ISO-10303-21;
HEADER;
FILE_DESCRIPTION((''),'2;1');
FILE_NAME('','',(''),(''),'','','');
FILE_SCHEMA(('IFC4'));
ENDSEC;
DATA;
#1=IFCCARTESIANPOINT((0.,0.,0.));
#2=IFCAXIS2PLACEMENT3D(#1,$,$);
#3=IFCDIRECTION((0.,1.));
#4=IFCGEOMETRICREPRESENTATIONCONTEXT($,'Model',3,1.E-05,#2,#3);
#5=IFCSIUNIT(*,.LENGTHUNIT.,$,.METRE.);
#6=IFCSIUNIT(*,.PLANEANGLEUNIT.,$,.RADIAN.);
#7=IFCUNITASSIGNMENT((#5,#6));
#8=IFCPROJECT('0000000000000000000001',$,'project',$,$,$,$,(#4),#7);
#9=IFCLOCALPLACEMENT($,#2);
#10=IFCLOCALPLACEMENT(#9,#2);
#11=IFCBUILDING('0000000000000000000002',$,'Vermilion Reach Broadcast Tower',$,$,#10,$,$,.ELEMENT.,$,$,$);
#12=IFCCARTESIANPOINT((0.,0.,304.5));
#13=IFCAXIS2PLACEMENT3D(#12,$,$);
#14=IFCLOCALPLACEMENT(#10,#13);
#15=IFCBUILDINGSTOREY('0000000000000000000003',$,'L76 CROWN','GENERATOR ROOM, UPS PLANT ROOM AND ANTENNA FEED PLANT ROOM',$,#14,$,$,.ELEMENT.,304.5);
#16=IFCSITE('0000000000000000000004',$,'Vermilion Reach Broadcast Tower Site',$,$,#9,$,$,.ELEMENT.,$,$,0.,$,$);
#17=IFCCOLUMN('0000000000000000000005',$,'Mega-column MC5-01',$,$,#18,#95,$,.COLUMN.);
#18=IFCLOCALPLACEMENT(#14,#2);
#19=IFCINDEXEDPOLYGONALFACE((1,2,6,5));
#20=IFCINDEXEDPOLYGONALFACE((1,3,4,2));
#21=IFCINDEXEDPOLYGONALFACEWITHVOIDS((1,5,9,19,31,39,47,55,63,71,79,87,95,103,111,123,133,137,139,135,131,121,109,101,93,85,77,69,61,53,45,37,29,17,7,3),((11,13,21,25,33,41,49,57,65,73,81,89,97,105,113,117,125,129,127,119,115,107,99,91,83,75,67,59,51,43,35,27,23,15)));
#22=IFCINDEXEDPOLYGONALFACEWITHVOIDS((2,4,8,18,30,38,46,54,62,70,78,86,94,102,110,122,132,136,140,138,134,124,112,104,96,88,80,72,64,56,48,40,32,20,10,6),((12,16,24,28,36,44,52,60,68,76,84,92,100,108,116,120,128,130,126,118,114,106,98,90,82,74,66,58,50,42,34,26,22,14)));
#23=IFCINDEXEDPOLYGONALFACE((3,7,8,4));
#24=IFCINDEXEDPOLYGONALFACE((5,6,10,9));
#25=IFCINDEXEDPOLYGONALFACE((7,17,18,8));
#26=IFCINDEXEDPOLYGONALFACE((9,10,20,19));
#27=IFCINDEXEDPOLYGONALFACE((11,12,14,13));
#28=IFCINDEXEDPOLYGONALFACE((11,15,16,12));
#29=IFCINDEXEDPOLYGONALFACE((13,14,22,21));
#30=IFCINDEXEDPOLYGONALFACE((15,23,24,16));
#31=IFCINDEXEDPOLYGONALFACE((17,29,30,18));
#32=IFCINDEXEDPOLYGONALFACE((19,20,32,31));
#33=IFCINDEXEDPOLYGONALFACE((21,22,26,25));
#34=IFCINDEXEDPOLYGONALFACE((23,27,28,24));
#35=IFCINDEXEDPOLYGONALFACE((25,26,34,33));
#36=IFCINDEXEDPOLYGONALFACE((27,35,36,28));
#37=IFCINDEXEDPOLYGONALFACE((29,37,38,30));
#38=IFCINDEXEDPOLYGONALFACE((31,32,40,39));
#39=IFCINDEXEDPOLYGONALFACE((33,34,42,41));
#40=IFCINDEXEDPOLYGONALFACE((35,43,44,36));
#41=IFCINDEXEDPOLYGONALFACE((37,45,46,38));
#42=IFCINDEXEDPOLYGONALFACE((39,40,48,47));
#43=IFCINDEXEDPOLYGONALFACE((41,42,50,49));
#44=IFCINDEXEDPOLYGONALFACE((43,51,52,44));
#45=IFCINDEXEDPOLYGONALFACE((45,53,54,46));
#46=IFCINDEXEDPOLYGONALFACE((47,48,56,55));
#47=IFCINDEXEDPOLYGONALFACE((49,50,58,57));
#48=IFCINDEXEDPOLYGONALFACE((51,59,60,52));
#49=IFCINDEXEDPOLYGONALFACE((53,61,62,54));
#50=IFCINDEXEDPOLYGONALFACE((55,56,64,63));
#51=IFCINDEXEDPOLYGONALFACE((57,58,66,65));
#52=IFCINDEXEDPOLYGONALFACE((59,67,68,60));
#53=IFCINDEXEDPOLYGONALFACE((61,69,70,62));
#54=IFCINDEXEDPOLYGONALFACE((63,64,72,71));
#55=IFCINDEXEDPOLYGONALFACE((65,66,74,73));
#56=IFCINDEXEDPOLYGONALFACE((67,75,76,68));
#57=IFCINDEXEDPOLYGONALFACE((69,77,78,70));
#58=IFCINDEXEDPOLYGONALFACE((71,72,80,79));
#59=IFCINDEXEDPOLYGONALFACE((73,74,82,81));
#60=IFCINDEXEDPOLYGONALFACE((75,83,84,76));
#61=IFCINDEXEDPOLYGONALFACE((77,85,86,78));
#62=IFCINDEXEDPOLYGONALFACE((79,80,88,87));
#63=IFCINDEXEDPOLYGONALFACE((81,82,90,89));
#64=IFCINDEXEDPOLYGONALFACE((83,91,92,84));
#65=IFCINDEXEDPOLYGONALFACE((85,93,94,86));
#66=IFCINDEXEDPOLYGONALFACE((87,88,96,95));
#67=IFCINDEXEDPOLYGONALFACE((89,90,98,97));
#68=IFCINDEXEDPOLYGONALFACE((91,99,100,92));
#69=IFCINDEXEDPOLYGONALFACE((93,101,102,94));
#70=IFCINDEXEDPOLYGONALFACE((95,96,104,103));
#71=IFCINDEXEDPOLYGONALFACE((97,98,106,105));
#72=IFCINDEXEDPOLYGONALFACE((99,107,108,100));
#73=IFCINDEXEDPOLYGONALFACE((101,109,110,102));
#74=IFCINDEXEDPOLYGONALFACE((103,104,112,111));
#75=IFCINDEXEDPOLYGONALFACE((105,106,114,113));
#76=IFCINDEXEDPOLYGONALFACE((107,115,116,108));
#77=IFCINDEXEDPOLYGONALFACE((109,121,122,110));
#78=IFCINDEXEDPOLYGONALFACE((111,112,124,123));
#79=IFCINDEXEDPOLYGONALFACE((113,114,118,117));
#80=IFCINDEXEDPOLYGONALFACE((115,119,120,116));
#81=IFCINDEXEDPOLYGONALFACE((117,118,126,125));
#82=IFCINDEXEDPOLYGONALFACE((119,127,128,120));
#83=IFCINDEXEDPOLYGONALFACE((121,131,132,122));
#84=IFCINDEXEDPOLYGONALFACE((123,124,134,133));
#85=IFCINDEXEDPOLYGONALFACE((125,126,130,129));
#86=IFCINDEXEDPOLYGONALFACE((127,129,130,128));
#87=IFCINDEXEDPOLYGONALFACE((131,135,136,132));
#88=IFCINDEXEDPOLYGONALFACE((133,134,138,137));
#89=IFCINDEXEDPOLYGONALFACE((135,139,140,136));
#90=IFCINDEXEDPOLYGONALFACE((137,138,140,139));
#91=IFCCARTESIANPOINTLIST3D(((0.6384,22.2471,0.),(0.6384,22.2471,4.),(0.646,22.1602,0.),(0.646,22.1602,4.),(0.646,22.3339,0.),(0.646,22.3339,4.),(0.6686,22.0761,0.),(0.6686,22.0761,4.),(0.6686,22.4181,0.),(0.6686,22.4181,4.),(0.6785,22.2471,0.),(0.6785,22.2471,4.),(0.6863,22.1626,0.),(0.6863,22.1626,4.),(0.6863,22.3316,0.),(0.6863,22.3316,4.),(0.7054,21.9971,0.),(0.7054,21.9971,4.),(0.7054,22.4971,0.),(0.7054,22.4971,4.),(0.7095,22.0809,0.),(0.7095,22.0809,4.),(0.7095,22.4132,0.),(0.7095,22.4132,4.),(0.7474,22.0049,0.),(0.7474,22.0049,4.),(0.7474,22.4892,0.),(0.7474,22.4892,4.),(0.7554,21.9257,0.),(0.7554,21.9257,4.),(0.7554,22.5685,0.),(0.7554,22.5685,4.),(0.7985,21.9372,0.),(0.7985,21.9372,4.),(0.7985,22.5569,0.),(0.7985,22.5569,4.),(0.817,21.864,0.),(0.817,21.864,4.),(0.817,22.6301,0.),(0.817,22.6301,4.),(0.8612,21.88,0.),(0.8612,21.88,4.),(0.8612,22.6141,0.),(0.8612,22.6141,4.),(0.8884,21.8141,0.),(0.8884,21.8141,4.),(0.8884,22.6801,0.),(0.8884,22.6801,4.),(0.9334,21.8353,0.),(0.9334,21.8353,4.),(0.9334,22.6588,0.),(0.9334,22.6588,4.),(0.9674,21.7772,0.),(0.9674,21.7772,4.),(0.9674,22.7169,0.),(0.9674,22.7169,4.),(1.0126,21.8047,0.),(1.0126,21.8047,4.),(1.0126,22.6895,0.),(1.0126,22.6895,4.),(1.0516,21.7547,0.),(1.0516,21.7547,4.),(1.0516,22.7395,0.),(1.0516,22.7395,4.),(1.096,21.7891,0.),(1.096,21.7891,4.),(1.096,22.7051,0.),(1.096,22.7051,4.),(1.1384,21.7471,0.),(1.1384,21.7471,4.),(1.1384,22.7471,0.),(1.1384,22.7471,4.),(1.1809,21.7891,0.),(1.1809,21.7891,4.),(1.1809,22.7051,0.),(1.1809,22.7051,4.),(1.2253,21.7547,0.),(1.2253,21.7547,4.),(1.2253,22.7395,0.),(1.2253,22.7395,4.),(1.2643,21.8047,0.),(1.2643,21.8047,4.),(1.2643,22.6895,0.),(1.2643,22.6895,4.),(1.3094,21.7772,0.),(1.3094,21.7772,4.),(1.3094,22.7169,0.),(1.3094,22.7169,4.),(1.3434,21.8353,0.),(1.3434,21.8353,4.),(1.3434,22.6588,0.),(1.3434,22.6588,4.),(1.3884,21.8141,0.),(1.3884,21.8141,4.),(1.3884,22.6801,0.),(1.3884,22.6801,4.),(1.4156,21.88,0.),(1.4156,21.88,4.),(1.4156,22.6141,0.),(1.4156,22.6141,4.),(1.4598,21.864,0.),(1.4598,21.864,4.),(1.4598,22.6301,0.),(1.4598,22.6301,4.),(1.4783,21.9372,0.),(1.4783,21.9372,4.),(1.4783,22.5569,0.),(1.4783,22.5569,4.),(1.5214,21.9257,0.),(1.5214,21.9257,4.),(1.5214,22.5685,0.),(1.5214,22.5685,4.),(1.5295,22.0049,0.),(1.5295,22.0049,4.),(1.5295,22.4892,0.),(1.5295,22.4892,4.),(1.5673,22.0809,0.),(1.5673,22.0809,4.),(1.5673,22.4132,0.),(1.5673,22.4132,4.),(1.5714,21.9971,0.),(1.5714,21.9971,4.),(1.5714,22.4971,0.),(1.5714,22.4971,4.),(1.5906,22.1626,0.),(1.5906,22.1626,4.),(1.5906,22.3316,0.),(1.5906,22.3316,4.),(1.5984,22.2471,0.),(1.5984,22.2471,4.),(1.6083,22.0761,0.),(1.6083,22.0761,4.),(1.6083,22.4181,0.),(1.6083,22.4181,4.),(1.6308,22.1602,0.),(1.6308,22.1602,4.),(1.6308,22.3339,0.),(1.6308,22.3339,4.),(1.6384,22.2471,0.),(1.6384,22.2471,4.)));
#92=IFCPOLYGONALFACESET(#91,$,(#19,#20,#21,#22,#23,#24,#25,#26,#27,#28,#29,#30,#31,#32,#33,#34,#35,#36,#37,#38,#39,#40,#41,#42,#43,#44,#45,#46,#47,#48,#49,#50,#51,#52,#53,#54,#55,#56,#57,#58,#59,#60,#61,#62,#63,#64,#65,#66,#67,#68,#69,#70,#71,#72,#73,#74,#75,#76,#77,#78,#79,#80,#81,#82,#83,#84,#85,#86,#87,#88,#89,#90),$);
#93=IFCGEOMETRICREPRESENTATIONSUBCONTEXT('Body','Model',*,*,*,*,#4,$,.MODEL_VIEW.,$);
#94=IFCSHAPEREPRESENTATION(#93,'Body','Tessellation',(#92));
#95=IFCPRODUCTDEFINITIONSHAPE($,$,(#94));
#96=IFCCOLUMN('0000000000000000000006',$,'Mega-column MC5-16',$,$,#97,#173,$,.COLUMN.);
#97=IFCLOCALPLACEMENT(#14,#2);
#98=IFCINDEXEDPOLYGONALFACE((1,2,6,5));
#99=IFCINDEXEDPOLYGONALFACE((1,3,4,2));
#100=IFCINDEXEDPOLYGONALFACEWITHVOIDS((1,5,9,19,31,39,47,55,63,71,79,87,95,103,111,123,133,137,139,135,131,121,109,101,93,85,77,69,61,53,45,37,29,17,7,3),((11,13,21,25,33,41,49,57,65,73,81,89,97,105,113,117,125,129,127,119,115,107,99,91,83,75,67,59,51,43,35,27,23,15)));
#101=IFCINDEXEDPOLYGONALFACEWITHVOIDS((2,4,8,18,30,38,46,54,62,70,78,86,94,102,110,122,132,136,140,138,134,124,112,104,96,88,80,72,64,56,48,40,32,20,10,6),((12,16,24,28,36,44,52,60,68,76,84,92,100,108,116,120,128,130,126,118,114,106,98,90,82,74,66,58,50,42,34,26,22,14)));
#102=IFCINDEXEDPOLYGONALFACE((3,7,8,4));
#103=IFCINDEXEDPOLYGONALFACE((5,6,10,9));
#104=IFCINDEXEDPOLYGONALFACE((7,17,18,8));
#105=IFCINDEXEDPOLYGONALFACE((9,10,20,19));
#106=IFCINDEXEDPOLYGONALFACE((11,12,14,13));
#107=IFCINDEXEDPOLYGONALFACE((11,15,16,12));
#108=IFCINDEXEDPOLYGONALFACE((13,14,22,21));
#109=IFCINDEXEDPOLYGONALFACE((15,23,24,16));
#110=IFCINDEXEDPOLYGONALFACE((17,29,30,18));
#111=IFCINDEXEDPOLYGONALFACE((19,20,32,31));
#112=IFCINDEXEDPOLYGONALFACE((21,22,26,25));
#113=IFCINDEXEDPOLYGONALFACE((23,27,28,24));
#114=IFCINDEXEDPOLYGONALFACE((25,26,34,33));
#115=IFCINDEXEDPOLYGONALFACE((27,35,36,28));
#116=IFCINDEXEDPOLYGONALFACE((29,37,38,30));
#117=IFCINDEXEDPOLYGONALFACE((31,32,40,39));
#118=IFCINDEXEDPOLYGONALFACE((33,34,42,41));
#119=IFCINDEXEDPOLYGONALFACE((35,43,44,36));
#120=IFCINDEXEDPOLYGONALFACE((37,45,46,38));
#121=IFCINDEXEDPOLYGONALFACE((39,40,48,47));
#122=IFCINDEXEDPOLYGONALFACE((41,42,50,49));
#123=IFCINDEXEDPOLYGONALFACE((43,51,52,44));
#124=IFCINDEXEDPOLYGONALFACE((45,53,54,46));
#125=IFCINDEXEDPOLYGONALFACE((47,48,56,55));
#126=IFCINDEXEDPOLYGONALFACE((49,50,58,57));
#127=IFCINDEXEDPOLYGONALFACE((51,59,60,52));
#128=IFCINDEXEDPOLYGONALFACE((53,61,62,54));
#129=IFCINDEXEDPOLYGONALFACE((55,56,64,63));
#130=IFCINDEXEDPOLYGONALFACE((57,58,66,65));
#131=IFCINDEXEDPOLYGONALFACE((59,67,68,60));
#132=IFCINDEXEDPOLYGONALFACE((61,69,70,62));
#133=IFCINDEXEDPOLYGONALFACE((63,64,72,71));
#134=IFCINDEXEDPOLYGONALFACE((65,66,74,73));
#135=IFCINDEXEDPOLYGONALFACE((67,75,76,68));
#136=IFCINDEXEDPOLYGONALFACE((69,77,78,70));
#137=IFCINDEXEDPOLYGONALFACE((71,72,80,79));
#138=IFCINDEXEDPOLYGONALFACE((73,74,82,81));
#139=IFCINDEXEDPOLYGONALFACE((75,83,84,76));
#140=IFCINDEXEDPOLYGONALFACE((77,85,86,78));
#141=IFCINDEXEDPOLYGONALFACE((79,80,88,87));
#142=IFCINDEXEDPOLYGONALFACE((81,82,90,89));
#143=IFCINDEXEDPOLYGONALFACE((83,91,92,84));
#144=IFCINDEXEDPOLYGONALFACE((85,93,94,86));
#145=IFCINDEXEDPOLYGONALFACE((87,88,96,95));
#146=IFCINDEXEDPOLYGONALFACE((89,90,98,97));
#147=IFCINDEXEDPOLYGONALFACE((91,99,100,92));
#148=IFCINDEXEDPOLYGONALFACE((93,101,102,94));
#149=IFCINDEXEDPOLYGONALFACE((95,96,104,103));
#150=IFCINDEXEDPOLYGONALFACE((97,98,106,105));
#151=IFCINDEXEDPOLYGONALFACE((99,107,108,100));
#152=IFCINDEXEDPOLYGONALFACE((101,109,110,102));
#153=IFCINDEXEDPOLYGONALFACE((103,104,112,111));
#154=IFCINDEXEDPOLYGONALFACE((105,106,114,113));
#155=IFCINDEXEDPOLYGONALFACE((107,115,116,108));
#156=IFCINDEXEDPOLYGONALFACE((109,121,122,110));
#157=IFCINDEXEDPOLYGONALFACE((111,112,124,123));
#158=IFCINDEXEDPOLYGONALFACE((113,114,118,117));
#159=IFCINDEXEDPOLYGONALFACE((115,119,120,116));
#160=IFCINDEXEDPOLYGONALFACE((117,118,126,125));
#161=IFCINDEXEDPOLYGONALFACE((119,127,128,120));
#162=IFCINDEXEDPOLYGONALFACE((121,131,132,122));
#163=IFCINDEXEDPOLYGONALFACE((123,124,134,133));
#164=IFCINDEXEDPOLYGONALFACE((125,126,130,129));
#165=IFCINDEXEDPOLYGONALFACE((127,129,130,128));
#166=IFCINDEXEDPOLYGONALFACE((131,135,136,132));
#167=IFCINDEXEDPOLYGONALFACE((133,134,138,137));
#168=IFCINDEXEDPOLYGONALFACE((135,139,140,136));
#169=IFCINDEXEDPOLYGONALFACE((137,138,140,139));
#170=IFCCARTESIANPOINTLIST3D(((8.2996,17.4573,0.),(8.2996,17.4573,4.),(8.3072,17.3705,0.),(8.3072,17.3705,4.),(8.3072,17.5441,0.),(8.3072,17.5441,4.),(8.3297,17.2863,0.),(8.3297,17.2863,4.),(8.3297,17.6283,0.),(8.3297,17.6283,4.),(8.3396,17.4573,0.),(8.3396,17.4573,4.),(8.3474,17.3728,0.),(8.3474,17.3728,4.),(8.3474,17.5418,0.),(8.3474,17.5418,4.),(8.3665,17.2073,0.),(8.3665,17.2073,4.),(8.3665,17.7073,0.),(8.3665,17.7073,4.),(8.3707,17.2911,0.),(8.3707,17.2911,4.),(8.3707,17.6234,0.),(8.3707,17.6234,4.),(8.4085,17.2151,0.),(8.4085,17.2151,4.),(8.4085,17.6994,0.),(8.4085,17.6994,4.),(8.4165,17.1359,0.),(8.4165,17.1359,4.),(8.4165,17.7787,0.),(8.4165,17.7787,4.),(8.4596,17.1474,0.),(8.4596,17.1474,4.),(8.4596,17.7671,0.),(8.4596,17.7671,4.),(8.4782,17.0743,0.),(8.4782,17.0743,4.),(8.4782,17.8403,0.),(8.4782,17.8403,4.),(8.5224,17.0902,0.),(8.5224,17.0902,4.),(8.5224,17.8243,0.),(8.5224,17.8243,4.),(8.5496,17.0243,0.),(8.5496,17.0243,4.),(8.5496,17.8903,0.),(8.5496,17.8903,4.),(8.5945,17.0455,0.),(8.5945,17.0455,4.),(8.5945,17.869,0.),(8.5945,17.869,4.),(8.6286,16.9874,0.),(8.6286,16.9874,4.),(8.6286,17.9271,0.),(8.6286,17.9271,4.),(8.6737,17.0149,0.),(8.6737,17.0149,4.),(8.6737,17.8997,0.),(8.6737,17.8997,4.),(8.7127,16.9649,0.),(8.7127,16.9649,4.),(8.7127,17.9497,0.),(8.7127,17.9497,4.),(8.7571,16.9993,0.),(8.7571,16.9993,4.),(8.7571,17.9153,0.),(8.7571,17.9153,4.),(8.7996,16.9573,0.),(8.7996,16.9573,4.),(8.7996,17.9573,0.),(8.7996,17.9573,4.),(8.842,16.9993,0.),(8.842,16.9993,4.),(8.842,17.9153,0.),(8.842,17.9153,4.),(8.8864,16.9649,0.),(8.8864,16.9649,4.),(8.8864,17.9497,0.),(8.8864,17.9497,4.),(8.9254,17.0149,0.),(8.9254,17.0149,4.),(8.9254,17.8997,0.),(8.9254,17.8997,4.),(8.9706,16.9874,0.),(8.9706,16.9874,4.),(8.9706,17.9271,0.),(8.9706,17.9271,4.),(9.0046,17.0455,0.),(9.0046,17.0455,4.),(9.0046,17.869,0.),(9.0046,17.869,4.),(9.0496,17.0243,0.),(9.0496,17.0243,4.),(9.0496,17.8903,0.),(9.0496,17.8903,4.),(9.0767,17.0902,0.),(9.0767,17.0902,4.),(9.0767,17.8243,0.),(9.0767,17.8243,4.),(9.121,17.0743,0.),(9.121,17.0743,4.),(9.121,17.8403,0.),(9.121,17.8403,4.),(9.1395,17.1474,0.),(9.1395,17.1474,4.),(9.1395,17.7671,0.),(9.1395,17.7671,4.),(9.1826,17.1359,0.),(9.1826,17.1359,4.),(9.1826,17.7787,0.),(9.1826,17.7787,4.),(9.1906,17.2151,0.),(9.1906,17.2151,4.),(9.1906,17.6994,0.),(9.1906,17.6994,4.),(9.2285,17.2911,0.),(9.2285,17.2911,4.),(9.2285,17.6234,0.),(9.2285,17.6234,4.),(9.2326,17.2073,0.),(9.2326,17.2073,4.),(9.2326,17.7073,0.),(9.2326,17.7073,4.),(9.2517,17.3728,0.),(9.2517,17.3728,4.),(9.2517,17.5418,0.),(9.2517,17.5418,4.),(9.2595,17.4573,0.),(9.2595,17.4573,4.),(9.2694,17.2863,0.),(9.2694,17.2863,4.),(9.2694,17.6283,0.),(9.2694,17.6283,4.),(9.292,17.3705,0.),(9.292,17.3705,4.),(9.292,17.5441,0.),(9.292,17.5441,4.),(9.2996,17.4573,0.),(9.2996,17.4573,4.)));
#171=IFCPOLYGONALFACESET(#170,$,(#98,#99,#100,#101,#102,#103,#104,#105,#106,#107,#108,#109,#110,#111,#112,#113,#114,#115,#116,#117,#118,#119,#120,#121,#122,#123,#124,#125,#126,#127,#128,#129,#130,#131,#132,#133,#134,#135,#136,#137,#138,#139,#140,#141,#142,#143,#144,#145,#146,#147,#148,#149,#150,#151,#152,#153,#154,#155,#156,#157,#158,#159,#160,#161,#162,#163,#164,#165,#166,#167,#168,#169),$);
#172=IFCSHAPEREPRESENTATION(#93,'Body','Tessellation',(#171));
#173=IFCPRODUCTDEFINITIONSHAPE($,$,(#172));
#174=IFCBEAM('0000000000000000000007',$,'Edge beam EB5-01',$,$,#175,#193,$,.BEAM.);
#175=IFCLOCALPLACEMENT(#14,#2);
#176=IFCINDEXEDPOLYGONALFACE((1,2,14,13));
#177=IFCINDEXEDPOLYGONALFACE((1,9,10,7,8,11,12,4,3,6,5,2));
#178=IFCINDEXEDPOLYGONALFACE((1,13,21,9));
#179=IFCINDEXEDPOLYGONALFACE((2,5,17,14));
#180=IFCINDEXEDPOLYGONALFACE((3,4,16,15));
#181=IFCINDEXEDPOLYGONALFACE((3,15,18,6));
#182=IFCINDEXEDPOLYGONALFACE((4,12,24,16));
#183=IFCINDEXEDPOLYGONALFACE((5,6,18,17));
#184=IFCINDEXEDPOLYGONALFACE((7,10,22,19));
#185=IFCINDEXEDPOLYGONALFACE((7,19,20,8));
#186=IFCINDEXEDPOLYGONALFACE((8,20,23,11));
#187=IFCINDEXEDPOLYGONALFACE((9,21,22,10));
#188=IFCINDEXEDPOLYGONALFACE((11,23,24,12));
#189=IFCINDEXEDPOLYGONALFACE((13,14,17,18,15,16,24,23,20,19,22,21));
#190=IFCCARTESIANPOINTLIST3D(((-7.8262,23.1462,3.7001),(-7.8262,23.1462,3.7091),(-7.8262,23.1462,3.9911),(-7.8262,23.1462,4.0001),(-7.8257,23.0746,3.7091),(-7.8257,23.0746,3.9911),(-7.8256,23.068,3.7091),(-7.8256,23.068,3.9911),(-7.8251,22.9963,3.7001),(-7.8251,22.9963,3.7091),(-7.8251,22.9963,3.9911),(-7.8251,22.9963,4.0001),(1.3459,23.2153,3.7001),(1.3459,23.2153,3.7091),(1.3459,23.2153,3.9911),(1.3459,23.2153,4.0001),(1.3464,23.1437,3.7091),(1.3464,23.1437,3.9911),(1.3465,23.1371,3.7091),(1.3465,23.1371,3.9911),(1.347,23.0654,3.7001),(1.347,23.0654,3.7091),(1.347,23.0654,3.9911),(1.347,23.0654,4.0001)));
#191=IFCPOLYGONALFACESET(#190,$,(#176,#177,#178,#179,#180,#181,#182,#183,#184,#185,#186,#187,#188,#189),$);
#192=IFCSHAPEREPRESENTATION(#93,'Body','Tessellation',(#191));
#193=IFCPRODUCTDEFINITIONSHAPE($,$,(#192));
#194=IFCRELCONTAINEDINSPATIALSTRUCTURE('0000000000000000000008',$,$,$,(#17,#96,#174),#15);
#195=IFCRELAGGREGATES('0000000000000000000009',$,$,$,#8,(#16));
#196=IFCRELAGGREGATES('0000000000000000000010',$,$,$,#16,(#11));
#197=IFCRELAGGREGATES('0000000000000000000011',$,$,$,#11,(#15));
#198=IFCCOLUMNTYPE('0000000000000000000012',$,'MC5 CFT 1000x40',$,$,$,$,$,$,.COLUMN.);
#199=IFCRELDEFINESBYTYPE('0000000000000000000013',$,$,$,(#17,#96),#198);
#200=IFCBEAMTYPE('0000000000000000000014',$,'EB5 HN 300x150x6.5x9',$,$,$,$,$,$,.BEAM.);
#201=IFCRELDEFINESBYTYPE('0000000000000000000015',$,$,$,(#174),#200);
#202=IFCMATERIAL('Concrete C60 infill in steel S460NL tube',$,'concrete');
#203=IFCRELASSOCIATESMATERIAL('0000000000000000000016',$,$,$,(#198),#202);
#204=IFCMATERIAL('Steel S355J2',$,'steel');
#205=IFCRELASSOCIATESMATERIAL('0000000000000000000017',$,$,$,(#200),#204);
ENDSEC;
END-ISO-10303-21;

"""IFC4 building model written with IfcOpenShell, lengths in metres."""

from ifc_helpers import new_model, si_unit, direction, frame, origin, origin_2d, place, context, subcontext, project, spatial, hollow_circle, i_section, extrude, material, material_profile, profile_set, type_object, element, save


model = new_model("IFC4")

# Units and contexts
model_context = context("Model", 3, precision=1e-05, world=origin(), true_north=direction((0.0, 1.0)))
body_context = subcontext(model_context, "Body", "Model", "MODEL_VIEW")
ifc_project = project(units=[si_unit("LENGTHUNIT", "METRE"), si_unit("PLANEANGLEUNIT", "RADIAN")], contexts=[model_context])

# Site, building, storey
site_placement = place(None, origin())
site = spatial("IfcSite", under=ifc_project, at=site_placement, Name="Vermilion Reach Broadcast Tower Site", CompositionType="ELEMENT", RefElevation=0.0)
building_placement = place(site_placement, origin())
building = spatial("IfcBuilding", under=site, at=building_placement, Name="Vermilion Reach Broadcast Tower", CompositionType="ELEMENT")
storey_placement = place(building_placement, frame((0.0, 0.0, 304.5)))
storey = spatial("IfcBuildingStorey", under=building, at=storey_placement, Name="L76 CROWN", Description="GENERATOR ROOM, UPS PLANT ROOM AND ANTENNA FEED PLANT ROOM", CompositionType="ELEMENT", Elevation=304.5)

# Columns
ifc_material_1 = material(Name="Concrete C60 infill in steel S460NL tube", Category="concrete")
ifc_material_profile_1 = material_profile(ifc_material_1, hollow_circle(Radius=0.5, WallThickness=0.04, at=origin_2d()), Name="Concrete C60 infill in steel S460NL tube CFT 1000x40")
ifc_profile_set_1 = profile_set([ifc_material_profile_1], Name="Concrete C60 infill in steel S460NL tube")
column_type = type_object("IfcColumnType", Name="MC5 CFT 1000x40", PredefinedType="COLUMN", material=ifc_profile_set_1)
for number, where, z_axis, x_axis, name in (
    (1, (1.1384, 22.2471, 0.0), (0.0, 0.0, 1.0), (1.0, 0.0, 0.0), "Mega-column MC5-01"),
    (2, (8.7996, 17.4573, 0.0), (0.0, 0.0, 1.0), (1.0, 0.0, 0.0), "Mega-column MC5-16"),
):
    element("IfcColumn", number, at=place(storey_placement, frame(where, z_axis=z_axis, x_axis=x_axis)), inside=storey, type_object=column_type, Name=name, PredefinedType="COLUMN", context=body_context, shape_type="SweptSolid", body=[
        extrude(hollow_circle(Radius=0.5, WallThickness=0.04, at=origin_2d()), origin(), (0.0, 0.0, 1.0), 4.0),
    ])

# Beam
ifc_material_2 = material(Name="Steel S355J2", Category="steel")
ifc_material_profile_2 = material_profile(ifc_material_2, i_section(OverallWidth=0.1499, OverallDepth=0.3, WebThickness=0.0066, FlangeThickness=0.009, at=origin_2d()), Name="S355J2 HN 300x150x6.5x9")
ifc_profile_set_2 = profile_set([ifc_material_profile_2], Name="Steel S355J2")
beam_type_1 = type_object("IfcBeamType", Name="EB5 HN 300x150x6.5x9", PredefinedType="BEAM", material=ifc_profile_set_2)
beam_1_placement = place(storey_placement, frame((1.3464, 23.1404, 3.8501), z_axis=(-0.999972, -0.007533, 0.0), x_axis=(0.007533, -0.999972, 0.0)))
element("IfcBeam", 3, at=beam_1_placement, inside=storey, type_object=beam_type_1, Name="Edge beam EB5-01", PredefinedType="BEAM", context=body_context, shape_type="SweptSolid", body=[
    extrude(i_section(OverallWidth=0.1499, OverallDepth=0.3, WebThickness=0.0066, FlangeThickness=0.009, at=origin_2d()), origin(), (0.0, 0.0, 1.0), 9.1724),
])

save(model, "model.ifc")
